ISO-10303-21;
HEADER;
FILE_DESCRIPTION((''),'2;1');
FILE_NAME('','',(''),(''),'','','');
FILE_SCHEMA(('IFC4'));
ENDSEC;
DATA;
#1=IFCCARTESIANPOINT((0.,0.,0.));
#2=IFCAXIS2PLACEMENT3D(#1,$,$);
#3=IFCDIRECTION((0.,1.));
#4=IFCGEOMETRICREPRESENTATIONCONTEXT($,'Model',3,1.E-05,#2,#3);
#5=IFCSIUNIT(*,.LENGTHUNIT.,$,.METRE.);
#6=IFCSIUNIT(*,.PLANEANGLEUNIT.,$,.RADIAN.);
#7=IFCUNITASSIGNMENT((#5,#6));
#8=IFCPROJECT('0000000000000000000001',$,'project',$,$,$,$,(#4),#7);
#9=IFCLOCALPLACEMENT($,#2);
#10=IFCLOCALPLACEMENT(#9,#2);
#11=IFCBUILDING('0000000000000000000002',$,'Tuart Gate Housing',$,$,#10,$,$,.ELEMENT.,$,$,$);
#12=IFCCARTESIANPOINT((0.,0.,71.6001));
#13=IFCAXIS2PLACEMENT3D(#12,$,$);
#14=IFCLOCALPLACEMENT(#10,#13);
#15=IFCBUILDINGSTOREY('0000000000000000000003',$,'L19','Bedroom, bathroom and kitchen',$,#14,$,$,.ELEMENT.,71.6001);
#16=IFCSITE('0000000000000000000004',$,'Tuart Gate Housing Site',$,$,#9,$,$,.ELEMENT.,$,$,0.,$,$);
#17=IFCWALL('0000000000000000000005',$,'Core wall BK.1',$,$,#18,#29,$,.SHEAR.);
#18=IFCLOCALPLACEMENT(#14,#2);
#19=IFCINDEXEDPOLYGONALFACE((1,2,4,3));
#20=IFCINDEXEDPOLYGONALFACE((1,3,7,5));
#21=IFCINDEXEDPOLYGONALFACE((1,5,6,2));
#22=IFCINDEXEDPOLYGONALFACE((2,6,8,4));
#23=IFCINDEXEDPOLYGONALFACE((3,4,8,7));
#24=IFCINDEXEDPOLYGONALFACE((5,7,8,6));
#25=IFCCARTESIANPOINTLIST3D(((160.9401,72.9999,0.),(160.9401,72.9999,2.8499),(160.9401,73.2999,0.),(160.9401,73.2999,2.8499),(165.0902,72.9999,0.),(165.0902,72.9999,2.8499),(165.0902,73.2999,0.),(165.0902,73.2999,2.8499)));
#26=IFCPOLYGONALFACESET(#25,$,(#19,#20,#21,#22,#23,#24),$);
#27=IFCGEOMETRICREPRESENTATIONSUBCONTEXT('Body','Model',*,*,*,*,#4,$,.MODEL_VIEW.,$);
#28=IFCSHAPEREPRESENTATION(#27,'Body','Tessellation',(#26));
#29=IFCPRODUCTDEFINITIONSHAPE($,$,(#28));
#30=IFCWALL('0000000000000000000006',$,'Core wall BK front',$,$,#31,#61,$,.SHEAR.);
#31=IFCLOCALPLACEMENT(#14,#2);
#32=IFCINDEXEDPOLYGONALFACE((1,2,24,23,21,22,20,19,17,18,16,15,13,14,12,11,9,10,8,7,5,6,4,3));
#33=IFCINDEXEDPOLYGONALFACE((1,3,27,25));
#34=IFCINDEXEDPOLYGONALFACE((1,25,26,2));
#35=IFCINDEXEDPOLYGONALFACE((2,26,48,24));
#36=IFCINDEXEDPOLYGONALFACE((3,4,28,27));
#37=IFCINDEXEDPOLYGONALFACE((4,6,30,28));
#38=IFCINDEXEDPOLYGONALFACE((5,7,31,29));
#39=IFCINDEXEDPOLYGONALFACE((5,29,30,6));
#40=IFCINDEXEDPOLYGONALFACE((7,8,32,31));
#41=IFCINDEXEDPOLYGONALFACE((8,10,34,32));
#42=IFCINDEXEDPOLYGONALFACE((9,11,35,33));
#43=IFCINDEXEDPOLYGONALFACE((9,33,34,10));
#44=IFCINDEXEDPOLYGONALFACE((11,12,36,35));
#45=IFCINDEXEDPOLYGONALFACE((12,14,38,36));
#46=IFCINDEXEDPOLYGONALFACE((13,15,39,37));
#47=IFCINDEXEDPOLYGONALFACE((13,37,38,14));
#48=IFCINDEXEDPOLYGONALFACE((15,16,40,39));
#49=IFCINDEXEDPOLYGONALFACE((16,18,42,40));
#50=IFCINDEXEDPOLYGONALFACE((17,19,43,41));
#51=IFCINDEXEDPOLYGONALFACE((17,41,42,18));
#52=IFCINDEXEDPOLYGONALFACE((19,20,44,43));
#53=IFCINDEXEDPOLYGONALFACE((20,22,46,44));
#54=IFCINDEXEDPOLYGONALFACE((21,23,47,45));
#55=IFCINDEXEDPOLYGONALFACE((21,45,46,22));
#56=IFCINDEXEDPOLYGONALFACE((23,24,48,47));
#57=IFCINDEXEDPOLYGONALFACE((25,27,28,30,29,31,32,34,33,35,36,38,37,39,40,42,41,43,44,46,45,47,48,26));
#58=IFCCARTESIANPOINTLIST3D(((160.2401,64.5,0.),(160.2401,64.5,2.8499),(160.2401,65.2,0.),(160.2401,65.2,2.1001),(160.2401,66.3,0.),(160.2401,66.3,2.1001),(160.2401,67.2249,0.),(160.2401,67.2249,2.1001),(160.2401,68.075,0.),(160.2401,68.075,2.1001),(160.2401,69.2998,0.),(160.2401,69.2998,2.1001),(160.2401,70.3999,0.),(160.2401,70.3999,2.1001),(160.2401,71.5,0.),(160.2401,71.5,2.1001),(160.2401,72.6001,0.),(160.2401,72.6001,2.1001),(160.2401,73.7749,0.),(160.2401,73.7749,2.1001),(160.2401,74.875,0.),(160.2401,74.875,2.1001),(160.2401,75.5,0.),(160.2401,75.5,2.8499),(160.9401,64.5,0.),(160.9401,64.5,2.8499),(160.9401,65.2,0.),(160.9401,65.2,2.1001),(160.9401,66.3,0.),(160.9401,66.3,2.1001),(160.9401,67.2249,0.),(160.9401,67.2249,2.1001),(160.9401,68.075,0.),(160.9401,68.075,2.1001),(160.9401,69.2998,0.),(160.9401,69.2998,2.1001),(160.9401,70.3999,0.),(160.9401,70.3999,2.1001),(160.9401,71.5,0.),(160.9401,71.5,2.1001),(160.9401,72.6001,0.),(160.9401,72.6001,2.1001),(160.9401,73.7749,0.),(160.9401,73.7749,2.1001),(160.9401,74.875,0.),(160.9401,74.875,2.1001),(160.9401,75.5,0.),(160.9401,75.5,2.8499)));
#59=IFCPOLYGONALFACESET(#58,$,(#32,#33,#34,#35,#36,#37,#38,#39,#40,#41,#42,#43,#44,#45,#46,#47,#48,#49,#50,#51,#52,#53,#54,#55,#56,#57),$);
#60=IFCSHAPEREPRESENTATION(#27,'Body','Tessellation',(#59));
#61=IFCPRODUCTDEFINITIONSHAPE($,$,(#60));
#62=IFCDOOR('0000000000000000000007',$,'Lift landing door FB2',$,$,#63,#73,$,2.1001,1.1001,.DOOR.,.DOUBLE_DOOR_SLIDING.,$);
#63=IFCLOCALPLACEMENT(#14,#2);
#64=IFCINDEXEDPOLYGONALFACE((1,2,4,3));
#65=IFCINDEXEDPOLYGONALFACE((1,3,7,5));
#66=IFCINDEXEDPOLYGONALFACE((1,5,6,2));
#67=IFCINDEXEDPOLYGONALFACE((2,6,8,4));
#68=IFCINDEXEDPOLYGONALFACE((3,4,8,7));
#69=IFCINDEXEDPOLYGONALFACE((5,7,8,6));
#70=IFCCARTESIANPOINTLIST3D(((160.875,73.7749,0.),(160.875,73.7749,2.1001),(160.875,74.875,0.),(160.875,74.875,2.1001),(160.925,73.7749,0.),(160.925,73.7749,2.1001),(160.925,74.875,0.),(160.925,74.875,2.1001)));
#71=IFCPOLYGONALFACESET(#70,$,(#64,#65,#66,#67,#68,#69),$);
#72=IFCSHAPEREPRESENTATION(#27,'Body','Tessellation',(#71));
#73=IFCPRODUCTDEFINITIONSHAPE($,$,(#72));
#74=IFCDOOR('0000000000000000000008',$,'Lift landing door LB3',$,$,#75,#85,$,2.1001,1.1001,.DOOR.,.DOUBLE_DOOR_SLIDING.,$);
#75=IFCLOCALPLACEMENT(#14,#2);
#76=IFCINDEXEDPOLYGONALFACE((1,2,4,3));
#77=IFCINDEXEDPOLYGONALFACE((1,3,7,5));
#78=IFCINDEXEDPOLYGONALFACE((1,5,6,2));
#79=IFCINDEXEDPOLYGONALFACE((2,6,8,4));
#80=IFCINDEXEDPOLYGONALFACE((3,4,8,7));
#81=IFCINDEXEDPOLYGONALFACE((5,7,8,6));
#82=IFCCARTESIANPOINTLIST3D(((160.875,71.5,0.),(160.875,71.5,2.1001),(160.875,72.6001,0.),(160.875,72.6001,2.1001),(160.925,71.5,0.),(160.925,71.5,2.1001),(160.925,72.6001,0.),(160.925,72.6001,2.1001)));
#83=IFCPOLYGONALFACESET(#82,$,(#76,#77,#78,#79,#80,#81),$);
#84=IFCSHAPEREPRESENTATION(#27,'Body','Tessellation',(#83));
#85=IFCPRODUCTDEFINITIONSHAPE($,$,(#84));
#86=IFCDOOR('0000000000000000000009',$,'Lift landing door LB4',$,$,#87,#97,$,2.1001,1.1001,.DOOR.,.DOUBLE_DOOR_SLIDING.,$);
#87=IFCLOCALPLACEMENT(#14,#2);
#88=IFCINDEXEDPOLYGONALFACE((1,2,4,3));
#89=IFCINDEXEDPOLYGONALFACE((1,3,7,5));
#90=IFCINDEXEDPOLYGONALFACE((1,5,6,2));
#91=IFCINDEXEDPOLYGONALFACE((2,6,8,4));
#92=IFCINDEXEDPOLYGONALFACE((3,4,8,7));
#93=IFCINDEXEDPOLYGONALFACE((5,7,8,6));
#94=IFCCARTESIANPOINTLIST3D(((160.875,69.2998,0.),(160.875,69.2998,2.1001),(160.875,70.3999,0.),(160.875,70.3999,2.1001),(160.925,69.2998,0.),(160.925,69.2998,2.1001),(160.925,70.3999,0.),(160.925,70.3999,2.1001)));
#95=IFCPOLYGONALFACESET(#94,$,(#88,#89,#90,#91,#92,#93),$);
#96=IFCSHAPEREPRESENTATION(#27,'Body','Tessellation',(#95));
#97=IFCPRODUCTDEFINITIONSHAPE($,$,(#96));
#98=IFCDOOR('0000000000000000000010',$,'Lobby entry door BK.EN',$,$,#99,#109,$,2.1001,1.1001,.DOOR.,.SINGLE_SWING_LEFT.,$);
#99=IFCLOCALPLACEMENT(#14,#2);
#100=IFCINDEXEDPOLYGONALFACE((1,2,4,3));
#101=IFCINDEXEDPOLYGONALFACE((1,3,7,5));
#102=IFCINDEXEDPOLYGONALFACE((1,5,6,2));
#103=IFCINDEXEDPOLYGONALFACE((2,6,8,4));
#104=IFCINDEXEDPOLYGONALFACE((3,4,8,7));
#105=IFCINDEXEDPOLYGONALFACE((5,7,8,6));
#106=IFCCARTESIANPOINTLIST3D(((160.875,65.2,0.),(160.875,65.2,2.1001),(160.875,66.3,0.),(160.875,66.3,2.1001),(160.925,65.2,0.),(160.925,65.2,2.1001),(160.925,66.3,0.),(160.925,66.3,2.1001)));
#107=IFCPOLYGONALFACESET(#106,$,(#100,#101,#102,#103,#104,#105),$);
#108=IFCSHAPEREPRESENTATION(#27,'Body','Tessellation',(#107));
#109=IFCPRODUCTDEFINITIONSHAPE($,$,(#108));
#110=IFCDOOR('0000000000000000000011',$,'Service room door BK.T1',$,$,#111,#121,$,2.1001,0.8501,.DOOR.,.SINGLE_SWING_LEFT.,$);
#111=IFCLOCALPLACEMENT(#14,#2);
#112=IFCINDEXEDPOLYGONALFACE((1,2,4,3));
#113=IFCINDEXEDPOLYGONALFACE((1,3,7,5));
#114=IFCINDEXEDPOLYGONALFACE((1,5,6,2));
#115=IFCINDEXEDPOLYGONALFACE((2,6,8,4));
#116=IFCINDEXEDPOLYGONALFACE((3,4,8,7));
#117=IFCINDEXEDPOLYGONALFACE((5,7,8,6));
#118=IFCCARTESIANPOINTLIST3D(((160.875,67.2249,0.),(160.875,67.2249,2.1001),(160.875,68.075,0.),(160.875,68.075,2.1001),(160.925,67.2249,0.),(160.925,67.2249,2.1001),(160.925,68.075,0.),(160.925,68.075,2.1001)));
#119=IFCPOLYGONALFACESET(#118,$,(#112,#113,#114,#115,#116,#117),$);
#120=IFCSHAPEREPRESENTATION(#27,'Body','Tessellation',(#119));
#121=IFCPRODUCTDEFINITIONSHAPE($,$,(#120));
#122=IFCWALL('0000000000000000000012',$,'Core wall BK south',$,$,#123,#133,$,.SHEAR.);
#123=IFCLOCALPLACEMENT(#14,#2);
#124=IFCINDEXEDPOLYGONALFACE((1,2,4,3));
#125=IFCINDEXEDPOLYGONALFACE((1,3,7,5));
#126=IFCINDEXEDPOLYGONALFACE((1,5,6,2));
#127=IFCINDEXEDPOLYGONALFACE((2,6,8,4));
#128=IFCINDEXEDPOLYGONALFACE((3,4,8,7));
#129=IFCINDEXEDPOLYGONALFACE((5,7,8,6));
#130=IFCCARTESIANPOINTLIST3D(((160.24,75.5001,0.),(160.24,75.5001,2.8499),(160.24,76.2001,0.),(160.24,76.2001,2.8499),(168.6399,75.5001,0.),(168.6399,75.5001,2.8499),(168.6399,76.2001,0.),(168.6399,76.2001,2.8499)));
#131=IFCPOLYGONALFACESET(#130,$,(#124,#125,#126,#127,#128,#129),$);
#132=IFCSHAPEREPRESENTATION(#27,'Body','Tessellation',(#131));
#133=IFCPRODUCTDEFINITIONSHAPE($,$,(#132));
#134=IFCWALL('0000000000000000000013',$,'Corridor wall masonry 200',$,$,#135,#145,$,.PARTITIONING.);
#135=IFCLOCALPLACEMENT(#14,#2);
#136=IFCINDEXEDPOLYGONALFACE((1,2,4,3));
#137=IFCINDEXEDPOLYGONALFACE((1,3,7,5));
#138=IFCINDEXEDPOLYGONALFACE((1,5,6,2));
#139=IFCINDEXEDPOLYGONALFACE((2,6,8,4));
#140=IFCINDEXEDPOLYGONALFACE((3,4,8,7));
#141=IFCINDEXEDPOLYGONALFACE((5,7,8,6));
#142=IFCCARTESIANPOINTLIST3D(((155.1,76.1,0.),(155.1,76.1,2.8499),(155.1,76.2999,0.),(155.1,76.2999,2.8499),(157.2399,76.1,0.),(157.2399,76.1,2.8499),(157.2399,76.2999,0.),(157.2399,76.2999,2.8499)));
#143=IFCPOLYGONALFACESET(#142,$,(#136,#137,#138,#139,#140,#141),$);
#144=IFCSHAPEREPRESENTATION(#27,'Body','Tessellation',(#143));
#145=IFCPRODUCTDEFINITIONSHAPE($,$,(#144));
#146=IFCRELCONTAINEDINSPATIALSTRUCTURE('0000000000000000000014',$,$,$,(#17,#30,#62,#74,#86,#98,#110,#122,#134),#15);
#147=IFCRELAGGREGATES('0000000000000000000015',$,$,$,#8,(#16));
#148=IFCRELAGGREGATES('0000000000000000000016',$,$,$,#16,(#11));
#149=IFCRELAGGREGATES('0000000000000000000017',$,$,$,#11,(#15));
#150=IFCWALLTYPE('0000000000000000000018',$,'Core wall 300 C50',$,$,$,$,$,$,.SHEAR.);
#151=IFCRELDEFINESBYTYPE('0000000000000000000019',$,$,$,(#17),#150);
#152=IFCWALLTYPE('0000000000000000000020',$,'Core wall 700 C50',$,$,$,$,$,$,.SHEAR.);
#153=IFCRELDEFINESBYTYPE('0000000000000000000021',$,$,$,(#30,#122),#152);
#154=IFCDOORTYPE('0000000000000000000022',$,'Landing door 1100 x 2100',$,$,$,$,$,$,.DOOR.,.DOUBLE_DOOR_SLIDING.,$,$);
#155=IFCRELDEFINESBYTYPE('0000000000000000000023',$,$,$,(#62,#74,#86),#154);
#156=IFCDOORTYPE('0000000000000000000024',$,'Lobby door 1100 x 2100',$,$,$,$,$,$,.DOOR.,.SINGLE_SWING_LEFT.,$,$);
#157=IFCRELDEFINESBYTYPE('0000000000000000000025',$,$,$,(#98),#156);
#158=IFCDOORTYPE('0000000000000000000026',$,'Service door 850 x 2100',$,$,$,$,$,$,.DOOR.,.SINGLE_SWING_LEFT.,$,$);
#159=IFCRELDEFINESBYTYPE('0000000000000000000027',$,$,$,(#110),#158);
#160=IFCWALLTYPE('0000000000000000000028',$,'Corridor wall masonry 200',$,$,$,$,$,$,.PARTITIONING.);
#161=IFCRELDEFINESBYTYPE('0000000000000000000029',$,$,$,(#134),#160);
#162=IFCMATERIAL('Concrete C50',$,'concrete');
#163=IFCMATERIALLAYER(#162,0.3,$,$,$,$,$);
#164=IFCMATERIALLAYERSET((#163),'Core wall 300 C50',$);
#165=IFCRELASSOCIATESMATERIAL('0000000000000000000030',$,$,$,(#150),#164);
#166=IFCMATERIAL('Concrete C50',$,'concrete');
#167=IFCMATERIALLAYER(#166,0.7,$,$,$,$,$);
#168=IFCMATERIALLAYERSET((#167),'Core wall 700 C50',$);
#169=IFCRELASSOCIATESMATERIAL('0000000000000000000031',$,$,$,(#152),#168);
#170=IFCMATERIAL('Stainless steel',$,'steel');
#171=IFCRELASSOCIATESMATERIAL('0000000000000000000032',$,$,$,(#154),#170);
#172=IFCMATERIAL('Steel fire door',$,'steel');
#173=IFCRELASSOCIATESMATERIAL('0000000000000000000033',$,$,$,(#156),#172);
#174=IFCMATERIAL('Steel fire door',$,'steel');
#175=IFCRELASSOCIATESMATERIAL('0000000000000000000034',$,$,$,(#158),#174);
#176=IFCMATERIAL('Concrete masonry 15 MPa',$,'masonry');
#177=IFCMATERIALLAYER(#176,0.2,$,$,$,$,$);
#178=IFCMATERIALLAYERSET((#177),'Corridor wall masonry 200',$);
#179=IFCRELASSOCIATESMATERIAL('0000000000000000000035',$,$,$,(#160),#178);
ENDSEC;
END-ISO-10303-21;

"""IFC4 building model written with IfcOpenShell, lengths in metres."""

from ifc_helpers import new_model, si_unit, direction, frame, frame_2d, origin, place, context, subcontext, project, spatial, rectangle, extrude, material, layer, layer_set, type_object, element, fill, save


model = new_model("IFC4")

# Units and contexts
model_context = context("Model", 3, precision=1e-05, world=origin(), true_north=direction((0.0, 1.0)))
body_context = subcontext(model_context, "Body", "Model", "MODEL_VIEW")
ifc_project = project(units=[si_unit("LENGTHUNIT", "METRE"), si_unit("PLANEANGLEUNIT", "RADIAN")], contexts=[model_context])

# Site, building, storey
site_placement = place(None, origin())
site = spatial("IfcSite", under=ifc_project, at=site_placement, Name="Tuart Gate Housing Site", CompositionType="ELEMENT", RefElevation=0.0)
building_placement = place(site_placement, origin())
building = spatial("IfcBuilding", under=site, at=building_placement, Name="Tuart Gate Housing", CompositionType="ELEMENT")
storey_placement = place(building_placement, frame((0.0, 0.0, 71.6001)))
storey = spatial("IfcBuildingStorey", under=building, at=storey_placement, Name="L19", Description="Bedroom, bathroom and kitchen", CompositionType="ELEMENT", Elevation=71.6001)

# Wall
ifc_material_1 = material(Name="Concrete C50", Category="concrete")
ifc_layer_1 = layer(ifc_material_1, 0.3)
ifc_layer_set_1 = layer_set([ifc_layer_1], Name="Core wall 300 C50")
wall_type_1 = type_object("IfcWallType", Name="Core wall 300 C50", PredefinedType="SHEAR", material=ifc_layer_set_1)
wall_1_placement = place(storey_placement, frame((160.9399, 73.1499, 0.0), z_axis=(0.0, 0.0, 1.0), x_axis=(1.0, 0.0, 0.0)))
element("IfcWall", 1, at=wall_1_placement, inside=storey, type_object=wall_type_1, Name="Core wall BK.1", PredefinedType="SHEAR", context=body_context, shape_type="SweptSolid", body=[
    extrude(rectangle(XDim=4.1501, YDim=0.3, at=frame_2d((2.0752, 0.0))), origin(), (0.0, 0.0, 1.0), 2.8499),
])

# Wall, openings, doors
ifc_material_2 = material(Name="Concrete C50", Category="concrete")
ifc_layer_2 = layer(ifc_material_2, 0.7)
ifc_layer_set_2 = layer_set([ifc_layer_2], Name="Core wall 700 C50")
wall_type_2 = type_object("IfcWallType", Name="Core wall 700 C50", PredefinedType="SHEAR", material=ifc_layer_set_2)
wall_2_placement = place(storey_placement, frame((160.5901, 75.5, 0.0), z_axis=(0.0, 0.0, 1.0), x_axis=(0.0, -1.0, 0.0)))
wall_2 = element("IfcWall", 2, at=wall_2_placement, inside=storey, type_object=wall_type_2, Name="Core wall BK front", PredefinedType="SHEAR", context=body_context, shape_type="SweptSolid", body=[
    extrude(rectangle(XDim=11.0, YDim=0.7, at=frame_2d((5.5, 0.0))), origin(), (0.0, 0.0, 1.0), 2.8499),
])
opening_1_placement = place(wall_2_placement, frame((0.625, 0.0, 0.0)))
opening_1 = element("IfcOpeningElement", 3, at=opening_1_placement, cuts=wall_2, PredefinedType="OPENING", context=body_context, shape_type="SweptSolid", body=[
    extrude(rectangle(XDim=1.1001, YDim=2.1001, at=frame_2d((0.55, 1.05))), frame((0.0, 0.3599, 0.0), z_axis=(0.0, -1.0, 0.0), x_axis=(1.0, 0.0, 0.0)), (0.0, 0.0, 1.0), 0.72),
])
opening_2_placement = place(wall_2_placement, frame((2.8999, 0.0, 0.0)))
opening_2 = element("IfcOpeningElement", 4, at=opening_2_placement, cuts=wall_2, PredefinedType="OPENING", context=body_context, shape_type="SweptSolid", body=[
    extrude(rectangle(XDim=1.1001, YDim=2.1001, at=frame_2d((0.55, 1.05))), frame((0.0, 0.3599, 0.0), z_axis=(0.0, -1.0, 0.0), x_axis=(1.0, 0.0, 0.0)), (0.0, 0.0, 1.0), 0.72),
])
opening_3_placement = place(wall_2_placement, frame((5.1001, 0.0, 0.0)))
opening_3 = element("IfcOpeningElement", 5, at=opening_3_placement, cuts=wall_2, PredefinedType="OPENING", context=body_context, shape_type="SweptSolid", body=[
    extrude(rectangle(XDim=1.1001, YDim=2.1001, at=frame_2d((0.55, 1.05))), frame((0.0, 0.3599, 0.0), z_axis=(0.0, -1.0, 0.0), x_axis=(1.0, 0.0, 0.0)), (0.0, 0.0, 1.0), 0.72),
])
opening_4_placement = place(wall_2_placement, frame((9.2, 0.0, 0.0)))
opening_4 = element("IfcOpeningElement", 6, at=opening_4_placement, cuts=wall_2, PredefinedType="OPENING", context=body_context, shape_type="SweptSolid", body=[
    extrude(rectangle(XDim=1.1001, YDim=2.1001, at=frame_2d((0.55, 1.05))), frame((0.0, 0.3599, 0.0), z_axis=(0.0, -1.0, 0.0), x_axis=(1.0, 0.0, 0.0)), (0.0, 0.0, 1.0), 0.72),
])
opening_5_placement = place(wall_2_placement, frame((7.425, 0.0, 0.0)))
opening_5 = element("IfcOpeningElement", 7, at=opening_5_placement, cuts=wall_2, PredefinedType="OPENING", context=body_context, shape_type="SweptSolid", body=[
    extrude(rectangle(XDim=0.8501, YDim=2.1001, at=frame_2d((0.425, 1.05))), frame((0.0, 0.3599, 0.0), z_axis=(0.0, -1.0, 0.0), x_axis=(1.0, 0.0, 0.0)), (0.0, 0.0, 1.0), 0.72),
])
ifc_material_3 = material(Name="Stainless steel", Category="steel")
door_type_1 = type_object("IfcDoorType", Name="Landing door 1100 x 2100", OperationType="DOUBLE_DOOR_SLIDING", PredefinedType="DOOR", material=ifc_material_3)
door_1_placement = place(opening_1_placement, origin())
door_1 = element("IfcDoor", 8, at=door_1_placement, inside=storey, type_object=door_type_1, Name="Lift landing door FB2", OperationType="DOUBLE_DOOR_SLIDING", OverallHeight=2.1001, OverallWidth=1.1001, PredefinedType="DOOR", context=body_context, shape_type="SweptSolid", body=[
    extrude(rectangle(XDim=1.1001, YDim=2.1001, at=frame_2d((0.55, 1.05))), frame((0.0, 0.335, 0.0), z_axis=(0.0, -1.0, 0.0), x_axis=(1.0, 0.0, 0.0)), (0.0, 0.0, 1.0), 0.05),
])
fill(opening_1, door_1)
door_2_placement = place(opening_2_placement, origin())
door_2 = element("IfcDoor", 9, at=door_2_placement, inside=storey, type_object=door_type_1, Name="Lift landing door LB3", OperationType="DOUBLE_DOOR_SLIDING", OverallHeight=2.1001, OverallWidth=1.1001, PredefinedType="DOOR", context=body_context, shape_type="SweptSolid", body=[
    extrude(rectangle(XDim=1.1001, YDim=2.1001, at=frame_2d((0.55, 1.05))), frame((0.0, 0.335, 0.0), z_axis=(0.0, -1.0, 0.0), x_axis=(1.0, 0.0, 0.0)), (0.0, 0.0, 1.0), 0.05),
])
fill(opening_2, door_2)
door_3_placement = place(opening_3_placement, origin())
door_3 = element("IfcDoor", 10, at=door_3_placement, inside=storey, type_object=door_type_1, Name="Lift landing door LB4", OperationType="DOUBLE_DOOR_SLIDING", OverallHeight=2.1001, OverallWidth=1.1001, PredefinedType="DOOR", context=body_context, shape_type="SweptSolid", body=[
    extrude(rectangle(XDim=1.1001, YDim=2.1001, at=frame_2d((0.55, 1.05))), frame((0.0, 0.335, 0.0), z_axis=(0.0, -1.0, 0.0), x_axis=(1.0, 0.0, 0.0)), (0.0, 0.0, 1.0), 0.05),
])
fill(opening_3, door_3)
ifc_material_4 = material(Name="Steel fire door", Category="steel")
door_type_2 = type_object("IfcDoorType", Name="Lobby door 1100 x 2100", OperationType="SINGLE_SWING_LEFT", PredefinedType="DOOR", material=ifc_material_4)
door_4_placement = place(opening_4_placement, origin())
door_4 = element("IfcDoor", 11, at=door_4_placement, inside=storey, type_object=door_type_2, Name="Lobby entry door BK.EN", OperationType="SINGLE_SWING_LEFT", OverallHeight=2.1001, OverallWidth=1.1001, PredefinedType="DOOR", context=body_context, shape_type="SweptSolid", body=[
    extrude(rectangle(XDim=1.1001, YDim=2.1001, at=frame_2d((0.55, 1.05))), frame((0.0, 0.335, 0.0), z_axis=(0.0, -1.0, 0.0), x_axis=(1.0, 0.0, 0.0)), (0.0, 0.0, 1.0), 0.05),
])
fill(opening_4, door_4)
ifc_material_5 = material(Name="Steel fire door", Category="steel")
door_type_3 = type_object("IfcDoorType", Name="Service door 850 x 2100", OperationType="SINGLE_SWING_LEFT", PredefinedType="DOOR", material=ifc_material_5)
door_5_placement = place(opening_5_placement, origin())
door_5 = element("IfcDoor", 12, at=door_5_placement, inside=storey, type_object=door_type_3, Name="Service room door BK.T1", OperationType="SINGLE_SWING_LEFT", OverallHeight=2.1001, OverallWidth=0.8501, PredefinedType="DOOR", context=body_context, shape_type="SweptSolid", body=[
    extrude(rectangle(XDim=0.8501, YDim=2.1001, at=frame_2d((0.425, 1.05))), frame((0.0, 0.335, 0.0), z_axis=(0.0, -1.0, 0.0), x_axis=(1.0, 0.0, 0.0)), (0.0, 0.0, 1.0), 0.05),
])
fill(opening_5, door_5)

# Walls
wall_3_placement = place(storey_placement, frame((160.24, 75.8501, 0.0), z_axis=(0.0, 0.0, 1.0), x_axis=(1.0, 0.0, 0.0)))
element("IfcWall", 13, at=wall_3_placement, inside=storey, type_object=wall_type_2, Name="Core wall BK south", PredefinedType="SHEAR", context=body_context, shape_type="SweptSolid", body=[
    extrude(rectangle(XDim=8.3999, YDim=0.7, at=frame_2d((4.2, 0.0))), origin(), (0.0, 0.0, 1.0), 2.8499),
])
ifc_material_6 = material(Name="Concrete masonry 15 MPa", Category="masonry")
ifc_layer_3 = layer(ifc_material_6, 0.2)
ifc_layer_set_3 = layer_set([ifc_layer_3], Name="Corridor wall masonry 200")
wall_type_3 = type_object("IfcWallType", Name="Corridor wall masonry 200", PredefinedType="PARTITIONING", material=ifc_layer_set_3)
wall_4_placement = place(storey_placement, frame((155.1001, 76.2, 0.0), z_axis=(0.0, 0.0, 1.0), x_axis=(1.0, 0.0, 0.0)))
element("IfcWall", 14, at=wall_4_placement, inside=storey, type_object=wall_type_3, Name="Corridor wall masonry 200", PredefinedType="PARTITIONING", context=body_context, shape_type="SweptSolid", body=[
    extrude(rectangle(XDim=2.1399, YDim=0.2, at=frame_2d((1.0698, 0.0))), origin(), (0.0, 0.0, 1.0), 2.8499),
])

save(model, "model.ifc")
